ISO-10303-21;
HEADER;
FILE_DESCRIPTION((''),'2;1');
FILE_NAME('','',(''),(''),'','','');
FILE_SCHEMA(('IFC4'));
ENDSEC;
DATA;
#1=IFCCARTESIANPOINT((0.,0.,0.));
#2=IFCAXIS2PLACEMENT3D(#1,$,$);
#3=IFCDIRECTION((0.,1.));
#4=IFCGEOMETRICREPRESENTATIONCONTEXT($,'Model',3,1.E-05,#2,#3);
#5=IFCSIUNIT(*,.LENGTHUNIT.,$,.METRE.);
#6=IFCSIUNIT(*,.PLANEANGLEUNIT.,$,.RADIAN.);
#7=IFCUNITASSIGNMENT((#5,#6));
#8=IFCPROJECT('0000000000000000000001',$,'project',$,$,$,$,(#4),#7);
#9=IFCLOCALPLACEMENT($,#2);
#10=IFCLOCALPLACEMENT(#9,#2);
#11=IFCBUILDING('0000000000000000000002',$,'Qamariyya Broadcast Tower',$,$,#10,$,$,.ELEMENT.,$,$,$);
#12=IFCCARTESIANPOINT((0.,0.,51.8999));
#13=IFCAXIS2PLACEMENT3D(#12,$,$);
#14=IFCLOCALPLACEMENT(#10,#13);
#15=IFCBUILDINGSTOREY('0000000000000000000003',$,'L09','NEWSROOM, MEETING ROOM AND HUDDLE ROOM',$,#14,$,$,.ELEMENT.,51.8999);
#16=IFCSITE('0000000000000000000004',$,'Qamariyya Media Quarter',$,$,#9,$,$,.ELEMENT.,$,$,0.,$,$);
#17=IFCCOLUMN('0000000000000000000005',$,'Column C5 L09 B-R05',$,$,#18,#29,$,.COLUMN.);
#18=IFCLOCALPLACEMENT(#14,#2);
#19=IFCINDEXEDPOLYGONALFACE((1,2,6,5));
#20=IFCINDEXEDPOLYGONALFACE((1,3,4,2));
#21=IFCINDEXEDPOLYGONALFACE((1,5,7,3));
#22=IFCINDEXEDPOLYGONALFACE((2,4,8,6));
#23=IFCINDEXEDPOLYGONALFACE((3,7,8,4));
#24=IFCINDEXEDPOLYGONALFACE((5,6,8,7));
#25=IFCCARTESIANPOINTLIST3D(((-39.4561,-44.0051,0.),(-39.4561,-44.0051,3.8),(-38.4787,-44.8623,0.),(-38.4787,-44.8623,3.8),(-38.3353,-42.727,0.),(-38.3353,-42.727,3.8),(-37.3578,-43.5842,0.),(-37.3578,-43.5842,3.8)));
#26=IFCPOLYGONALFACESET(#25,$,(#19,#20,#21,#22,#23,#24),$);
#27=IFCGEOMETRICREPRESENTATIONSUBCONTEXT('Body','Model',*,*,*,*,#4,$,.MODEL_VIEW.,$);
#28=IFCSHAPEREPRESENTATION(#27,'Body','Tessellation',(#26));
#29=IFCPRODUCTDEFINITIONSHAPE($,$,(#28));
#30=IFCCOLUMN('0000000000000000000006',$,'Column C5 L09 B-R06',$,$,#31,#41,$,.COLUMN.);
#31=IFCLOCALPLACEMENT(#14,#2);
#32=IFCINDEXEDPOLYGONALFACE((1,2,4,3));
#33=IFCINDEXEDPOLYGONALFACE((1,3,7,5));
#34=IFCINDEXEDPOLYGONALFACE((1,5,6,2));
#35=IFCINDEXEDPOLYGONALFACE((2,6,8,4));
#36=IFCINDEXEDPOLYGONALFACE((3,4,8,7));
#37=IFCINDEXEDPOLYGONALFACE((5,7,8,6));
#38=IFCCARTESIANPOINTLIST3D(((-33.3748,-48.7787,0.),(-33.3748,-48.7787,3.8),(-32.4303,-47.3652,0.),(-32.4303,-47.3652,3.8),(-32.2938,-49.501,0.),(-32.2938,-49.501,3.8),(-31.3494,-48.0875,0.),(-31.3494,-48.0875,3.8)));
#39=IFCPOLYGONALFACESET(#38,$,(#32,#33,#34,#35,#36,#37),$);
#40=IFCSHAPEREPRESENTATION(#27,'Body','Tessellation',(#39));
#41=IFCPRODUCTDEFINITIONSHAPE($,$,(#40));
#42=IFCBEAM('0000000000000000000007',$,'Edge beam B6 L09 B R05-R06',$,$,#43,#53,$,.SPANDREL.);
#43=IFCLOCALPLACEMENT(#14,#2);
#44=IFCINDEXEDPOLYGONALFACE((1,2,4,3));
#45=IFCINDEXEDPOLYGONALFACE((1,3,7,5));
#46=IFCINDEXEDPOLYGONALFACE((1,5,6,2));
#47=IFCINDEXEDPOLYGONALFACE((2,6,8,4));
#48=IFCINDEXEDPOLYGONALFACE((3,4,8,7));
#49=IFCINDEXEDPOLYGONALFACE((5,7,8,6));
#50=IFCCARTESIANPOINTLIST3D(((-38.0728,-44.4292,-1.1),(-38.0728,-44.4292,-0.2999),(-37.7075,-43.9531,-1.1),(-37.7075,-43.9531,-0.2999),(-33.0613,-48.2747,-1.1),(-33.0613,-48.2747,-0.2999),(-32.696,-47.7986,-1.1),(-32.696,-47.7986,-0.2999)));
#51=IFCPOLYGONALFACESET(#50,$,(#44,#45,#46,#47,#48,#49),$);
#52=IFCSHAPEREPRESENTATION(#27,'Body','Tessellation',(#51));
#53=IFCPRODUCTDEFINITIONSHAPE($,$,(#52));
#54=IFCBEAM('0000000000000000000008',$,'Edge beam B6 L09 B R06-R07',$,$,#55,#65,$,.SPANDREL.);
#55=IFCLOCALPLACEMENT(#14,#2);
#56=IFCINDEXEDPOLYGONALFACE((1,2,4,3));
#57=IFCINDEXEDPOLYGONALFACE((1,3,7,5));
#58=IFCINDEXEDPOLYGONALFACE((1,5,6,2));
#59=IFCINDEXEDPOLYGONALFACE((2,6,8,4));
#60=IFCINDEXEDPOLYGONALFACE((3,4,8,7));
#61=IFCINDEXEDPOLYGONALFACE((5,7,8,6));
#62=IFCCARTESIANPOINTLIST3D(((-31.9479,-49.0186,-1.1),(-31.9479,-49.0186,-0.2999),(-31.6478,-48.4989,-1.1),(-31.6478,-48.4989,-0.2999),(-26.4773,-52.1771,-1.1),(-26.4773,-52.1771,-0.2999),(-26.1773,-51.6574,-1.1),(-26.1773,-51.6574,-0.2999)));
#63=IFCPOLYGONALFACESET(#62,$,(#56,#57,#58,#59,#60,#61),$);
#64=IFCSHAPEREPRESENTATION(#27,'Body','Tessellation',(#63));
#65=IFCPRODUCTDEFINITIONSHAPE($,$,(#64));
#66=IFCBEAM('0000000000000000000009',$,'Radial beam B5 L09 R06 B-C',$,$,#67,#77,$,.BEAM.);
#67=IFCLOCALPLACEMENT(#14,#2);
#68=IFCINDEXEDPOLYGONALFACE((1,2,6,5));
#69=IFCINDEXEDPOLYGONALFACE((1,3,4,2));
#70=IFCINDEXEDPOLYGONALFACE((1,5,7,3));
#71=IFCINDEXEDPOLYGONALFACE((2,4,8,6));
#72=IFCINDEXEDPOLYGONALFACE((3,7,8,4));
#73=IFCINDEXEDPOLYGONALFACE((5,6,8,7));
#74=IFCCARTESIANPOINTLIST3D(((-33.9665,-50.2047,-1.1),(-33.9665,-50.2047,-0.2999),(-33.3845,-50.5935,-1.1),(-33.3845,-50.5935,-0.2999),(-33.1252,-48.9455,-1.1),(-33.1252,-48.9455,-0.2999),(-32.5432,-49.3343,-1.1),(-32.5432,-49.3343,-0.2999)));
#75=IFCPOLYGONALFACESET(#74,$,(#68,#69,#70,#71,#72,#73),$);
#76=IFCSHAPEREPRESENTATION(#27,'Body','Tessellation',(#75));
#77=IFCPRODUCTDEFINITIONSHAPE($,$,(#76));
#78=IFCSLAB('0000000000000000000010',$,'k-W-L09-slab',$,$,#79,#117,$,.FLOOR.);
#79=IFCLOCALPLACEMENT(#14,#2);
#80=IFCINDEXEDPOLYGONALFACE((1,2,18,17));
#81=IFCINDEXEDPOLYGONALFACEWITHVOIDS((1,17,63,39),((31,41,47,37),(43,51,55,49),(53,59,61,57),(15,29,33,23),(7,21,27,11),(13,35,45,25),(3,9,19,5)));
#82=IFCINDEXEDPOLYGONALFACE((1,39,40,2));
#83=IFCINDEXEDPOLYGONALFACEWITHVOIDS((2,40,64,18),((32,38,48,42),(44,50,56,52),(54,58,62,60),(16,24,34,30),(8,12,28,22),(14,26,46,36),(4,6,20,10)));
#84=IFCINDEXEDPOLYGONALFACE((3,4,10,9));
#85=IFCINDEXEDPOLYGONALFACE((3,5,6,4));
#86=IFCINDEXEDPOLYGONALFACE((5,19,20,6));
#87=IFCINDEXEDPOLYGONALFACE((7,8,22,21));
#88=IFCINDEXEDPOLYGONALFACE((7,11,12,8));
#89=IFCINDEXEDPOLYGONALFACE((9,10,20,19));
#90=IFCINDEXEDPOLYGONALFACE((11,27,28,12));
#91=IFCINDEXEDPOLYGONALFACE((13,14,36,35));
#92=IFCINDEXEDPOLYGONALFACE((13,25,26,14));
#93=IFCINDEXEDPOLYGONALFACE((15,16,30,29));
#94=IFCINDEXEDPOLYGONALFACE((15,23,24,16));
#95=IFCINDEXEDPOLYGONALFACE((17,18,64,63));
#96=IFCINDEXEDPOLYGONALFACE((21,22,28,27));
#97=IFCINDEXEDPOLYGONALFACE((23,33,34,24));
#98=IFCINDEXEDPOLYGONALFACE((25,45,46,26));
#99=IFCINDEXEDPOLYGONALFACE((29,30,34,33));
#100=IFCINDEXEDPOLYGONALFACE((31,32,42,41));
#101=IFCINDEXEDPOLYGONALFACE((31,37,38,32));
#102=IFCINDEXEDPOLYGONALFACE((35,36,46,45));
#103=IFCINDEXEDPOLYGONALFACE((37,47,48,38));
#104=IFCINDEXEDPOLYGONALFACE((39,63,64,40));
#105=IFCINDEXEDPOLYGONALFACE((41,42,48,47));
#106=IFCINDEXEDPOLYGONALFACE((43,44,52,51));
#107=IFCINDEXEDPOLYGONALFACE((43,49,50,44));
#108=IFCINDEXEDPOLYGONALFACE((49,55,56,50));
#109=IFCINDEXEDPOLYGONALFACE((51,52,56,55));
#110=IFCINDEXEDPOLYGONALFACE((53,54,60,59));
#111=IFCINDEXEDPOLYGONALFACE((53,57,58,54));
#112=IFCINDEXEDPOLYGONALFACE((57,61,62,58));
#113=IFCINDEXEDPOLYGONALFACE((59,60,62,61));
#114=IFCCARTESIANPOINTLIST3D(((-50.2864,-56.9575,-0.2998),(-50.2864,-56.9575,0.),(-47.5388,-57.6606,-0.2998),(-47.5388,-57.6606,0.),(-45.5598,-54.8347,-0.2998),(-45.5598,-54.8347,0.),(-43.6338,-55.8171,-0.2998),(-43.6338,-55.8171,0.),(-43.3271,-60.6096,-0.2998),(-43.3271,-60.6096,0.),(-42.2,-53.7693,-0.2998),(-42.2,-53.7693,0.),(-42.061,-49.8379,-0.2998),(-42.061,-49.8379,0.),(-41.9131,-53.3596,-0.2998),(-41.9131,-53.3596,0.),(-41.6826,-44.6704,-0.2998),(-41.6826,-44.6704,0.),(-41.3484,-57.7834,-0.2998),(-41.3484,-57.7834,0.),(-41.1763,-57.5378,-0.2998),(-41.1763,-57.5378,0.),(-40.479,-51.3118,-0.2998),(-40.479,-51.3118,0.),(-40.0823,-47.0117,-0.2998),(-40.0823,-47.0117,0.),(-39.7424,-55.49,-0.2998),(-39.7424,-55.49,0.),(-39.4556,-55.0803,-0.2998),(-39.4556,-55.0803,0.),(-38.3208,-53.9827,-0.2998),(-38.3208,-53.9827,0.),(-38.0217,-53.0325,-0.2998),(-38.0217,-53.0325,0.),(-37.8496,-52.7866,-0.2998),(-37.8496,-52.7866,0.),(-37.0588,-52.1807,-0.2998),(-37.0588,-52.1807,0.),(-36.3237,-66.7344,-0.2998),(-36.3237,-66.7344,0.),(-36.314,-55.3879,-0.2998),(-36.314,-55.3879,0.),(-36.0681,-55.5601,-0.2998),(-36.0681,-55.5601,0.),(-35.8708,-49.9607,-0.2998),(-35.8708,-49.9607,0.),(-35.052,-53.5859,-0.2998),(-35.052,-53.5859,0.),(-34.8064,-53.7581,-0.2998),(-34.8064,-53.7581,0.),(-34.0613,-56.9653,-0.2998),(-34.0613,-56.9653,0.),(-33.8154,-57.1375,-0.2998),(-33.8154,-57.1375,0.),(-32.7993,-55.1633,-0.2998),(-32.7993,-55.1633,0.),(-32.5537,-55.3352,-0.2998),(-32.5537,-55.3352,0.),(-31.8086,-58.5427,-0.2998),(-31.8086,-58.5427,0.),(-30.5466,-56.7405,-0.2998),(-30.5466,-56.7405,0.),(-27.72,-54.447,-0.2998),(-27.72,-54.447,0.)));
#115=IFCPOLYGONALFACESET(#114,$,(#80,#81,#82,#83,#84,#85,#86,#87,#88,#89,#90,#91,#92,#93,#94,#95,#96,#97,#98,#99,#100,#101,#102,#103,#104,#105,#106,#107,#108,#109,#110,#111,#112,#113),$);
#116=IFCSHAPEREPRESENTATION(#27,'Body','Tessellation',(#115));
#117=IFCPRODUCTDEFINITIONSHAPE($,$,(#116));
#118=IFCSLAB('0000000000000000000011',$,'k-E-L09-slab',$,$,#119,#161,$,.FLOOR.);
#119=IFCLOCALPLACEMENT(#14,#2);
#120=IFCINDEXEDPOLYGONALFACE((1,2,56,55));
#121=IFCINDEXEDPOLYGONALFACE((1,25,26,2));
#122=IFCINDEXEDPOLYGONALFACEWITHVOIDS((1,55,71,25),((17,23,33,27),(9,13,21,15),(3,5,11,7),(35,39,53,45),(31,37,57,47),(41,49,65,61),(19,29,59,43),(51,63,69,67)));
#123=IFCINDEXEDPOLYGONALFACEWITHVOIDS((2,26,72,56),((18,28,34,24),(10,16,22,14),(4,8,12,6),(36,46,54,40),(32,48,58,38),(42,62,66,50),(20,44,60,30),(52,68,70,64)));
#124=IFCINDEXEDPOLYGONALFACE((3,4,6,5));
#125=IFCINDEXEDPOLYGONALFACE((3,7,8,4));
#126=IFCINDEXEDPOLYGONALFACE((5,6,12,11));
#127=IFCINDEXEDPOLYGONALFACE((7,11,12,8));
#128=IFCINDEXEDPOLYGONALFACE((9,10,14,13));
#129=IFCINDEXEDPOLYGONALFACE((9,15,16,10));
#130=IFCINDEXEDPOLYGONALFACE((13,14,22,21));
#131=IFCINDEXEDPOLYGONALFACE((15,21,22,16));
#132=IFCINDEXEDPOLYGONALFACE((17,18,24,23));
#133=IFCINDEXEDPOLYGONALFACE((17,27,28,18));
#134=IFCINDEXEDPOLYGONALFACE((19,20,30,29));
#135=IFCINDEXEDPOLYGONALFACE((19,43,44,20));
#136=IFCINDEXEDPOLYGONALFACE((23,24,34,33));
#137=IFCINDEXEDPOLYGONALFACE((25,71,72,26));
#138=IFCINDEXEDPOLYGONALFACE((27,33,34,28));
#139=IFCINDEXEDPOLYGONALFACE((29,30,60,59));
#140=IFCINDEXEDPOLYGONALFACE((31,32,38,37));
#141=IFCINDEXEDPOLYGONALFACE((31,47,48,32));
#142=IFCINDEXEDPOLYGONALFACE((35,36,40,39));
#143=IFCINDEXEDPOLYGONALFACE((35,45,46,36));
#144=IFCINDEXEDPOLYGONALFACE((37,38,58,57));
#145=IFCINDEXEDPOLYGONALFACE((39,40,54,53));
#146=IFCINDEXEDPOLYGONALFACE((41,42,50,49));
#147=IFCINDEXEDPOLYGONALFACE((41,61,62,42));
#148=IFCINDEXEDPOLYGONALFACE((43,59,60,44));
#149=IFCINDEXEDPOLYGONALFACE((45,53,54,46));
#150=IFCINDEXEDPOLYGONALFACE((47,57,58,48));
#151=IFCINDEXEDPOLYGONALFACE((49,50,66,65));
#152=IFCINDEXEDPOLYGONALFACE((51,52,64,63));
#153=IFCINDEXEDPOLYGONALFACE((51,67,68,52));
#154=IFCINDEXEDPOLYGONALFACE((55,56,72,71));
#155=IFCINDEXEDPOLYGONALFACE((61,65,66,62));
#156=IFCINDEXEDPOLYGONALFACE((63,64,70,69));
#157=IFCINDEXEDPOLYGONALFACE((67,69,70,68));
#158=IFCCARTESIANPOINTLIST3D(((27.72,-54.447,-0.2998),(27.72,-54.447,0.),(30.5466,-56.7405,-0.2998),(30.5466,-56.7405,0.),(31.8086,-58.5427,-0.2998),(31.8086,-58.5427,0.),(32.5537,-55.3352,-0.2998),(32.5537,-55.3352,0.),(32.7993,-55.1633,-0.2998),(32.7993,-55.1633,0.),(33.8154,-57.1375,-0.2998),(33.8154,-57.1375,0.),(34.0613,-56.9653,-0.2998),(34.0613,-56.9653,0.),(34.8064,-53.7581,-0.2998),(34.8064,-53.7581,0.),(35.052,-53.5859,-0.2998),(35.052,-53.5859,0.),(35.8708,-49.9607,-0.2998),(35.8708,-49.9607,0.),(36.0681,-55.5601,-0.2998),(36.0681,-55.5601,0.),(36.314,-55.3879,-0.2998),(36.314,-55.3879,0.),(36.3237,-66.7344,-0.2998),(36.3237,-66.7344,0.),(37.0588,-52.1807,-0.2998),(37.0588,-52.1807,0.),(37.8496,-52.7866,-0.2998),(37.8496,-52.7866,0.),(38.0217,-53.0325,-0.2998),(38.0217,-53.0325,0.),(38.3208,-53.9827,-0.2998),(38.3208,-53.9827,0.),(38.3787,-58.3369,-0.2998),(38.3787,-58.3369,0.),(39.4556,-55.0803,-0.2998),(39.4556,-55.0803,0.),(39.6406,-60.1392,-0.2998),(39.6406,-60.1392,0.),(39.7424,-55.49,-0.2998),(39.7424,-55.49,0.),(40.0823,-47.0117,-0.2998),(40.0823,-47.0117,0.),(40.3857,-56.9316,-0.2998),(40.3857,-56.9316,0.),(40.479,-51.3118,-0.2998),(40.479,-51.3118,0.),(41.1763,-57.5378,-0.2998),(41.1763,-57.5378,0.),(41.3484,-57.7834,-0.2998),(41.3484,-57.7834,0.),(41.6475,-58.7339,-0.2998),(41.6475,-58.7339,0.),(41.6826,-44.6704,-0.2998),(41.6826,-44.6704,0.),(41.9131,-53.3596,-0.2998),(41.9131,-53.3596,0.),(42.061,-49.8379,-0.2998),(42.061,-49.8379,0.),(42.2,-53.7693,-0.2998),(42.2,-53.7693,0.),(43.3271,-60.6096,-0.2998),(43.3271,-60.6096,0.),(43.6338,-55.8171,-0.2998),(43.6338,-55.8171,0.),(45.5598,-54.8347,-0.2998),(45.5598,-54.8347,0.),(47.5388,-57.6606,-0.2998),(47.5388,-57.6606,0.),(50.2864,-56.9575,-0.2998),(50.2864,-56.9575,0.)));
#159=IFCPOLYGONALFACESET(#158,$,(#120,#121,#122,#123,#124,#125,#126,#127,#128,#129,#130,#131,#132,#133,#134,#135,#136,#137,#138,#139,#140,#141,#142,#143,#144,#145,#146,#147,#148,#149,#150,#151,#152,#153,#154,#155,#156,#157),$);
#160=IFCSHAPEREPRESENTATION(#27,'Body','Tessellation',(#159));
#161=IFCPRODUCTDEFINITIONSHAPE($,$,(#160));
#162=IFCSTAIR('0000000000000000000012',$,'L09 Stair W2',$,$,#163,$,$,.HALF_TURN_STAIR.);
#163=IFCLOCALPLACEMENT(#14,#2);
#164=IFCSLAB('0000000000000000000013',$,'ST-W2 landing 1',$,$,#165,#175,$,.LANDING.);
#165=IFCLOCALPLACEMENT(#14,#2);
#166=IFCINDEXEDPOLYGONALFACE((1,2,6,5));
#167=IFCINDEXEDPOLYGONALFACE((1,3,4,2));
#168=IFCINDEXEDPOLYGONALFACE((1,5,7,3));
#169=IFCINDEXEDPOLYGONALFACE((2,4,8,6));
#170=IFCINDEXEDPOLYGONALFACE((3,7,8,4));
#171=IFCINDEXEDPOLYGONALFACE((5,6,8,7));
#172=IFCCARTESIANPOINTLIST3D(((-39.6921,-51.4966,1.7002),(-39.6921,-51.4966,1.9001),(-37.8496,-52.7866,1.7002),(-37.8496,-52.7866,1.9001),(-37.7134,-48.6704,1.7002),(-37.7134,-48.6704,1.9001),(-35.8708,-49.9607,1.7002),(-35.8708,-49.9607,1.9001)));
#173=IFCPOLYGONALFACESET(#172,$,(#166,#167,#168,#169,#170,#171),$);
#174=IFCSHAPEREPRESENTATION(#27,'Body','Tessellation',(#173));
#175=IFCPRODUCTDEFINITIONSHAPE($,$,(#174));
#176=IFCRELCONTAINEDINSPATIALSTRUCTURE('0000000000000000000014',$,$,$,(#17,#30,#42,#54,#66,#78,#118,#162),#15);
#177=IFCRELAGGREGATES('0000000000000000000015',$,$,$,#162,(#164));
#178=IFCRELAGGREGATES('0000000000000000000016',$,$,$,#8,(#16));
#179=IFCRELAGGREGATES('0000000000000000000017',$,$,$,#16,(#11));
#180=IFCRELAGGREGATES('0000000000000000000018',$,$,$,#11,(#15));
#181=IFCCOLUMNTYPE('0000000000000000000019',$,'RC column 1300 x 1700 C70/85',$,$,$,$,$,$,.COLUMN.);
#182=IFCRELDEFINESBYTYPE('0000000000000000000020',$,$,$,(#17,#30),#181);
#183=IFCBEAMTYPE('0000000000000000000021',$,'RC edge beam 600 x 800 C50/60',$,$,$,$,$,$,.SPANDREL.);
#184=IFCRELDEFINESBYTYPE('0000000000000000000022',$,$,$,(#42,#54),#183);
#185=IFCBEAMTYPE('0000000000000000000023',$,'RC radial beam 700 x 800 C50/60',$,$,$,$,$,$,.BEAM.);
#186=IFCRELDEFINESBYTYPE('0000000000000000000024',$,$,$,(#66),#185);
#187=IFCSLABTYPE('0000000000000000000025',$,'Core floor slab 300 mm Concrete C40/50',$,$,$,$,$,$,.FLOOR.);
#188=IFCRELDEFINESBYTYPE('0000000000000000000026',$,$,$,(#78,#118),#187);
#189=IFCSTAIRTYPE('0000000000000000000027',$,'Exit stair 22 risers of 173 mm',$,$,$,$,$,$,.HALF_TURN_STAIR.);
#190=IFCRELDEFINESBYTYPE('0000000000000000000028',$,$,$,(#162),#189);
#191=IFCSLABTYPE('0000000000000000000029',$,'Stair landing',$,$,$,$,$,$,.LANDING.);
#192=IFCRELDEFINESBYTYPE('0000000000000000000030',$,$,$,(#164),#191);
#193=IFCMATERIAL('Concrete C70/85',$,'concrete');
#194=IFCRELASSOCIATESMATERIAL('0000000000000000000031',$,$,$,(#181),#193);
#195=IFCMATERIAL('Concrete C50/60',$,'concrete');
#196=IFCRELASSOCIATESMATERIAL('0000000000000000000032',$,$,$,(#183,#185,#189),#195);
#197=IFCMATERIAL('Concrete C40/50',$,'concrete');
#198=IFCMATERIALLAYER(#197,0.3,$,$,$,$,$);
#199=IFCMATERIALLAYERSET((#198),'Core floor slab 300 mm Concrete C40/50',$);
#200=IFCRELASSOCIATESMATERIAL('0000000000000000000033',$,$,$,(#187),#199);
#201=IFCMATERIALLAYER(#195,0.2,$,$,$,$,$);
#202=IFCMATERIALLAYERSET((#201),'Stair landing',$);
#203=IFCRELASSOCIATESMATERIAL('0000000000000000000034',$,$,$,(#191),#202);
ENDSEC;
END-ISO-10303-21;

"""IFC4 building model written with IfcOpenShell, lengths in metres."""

from ifc_helpers import new_model, si_unit, direction, frame, origin, origin_2d, place, context, subcontext, project, spatial, polyline, rectangle, outline, extrude, material, layer, layer_set, material_profile, profile_set, type_object, element, aggregate, save


model = new_model("IFC4")

# Units and contexts
model_context = context("Model", 3, precision=1e-05, world=origin(), true_north=direction((0.0, 1.0)))
body_context = subcontext(model_context, "Body", "Model", "MODEL_VIEW")
ifc_project = project(units=[si_unit("LENGTHUNIT", "METRE"), si_unit("PLANEANGLEUNIT", "RADIAN")], contexts=[model_context])

# Site, building, storey
site_placement = place(None, origin())
site = spatial("IfcSite", under=ifc_project, at=site_placement, Name="Qamariyya Media Quarter", CompositionType="ELEMENT", RefElevation=0.0)
building_placement = place(site_placement, origin())
building = spatial("IfcBuilding", under=site, at=building_placement, Name="Qamariyya Broadcast Tower", CompositionType="ELEMENT")
storey_placement = place(building_placement, frame((0.0, 0.0, 51.8999)))
storey = spatial("IfcBuildingStorey", under=building, at=storey_placement, Name="L09", Description="NEWSROOM, MEETING ROOM AND HUDDLE ROOM", CompositionType="ELEMENT", Elevation=51.8999)

# Columns
ifc_material_1 = material(Name="Concrete C70/85", Category="concrete")
ifc_material_profile_1 = material_profile(ifc_material_1, rectangle(XDim=1.3, YDim=1.7, at=origin_2d()))
ifc_profile_set_1 = profile_set([ifc_material_profile_1], Name="Concrete C70/85")
column_type = type_object("IfcColumnType", Name="RC column 1300 x 1700 C70/85", PredefinedType="COLUMN", material=ifc_profile_set_1)
for number, where, z_axis, x_axis, name in (
    (1, (-38.407, -43.7947, 0.0), (0.0, 0.0, 1.0), (0.75184, -0.659346, 0.0), "Column C5 L09 B-R05"),
    (2, (-32.3621, -48.4331, 0.0), (0.0, 0.0, 1.0), (0.83147, -0.55557, 0.0), "Column C5 L09 B-R06"),
):
    element("IfcColumn", number, at=place(storey_placement, frame(where, z_axis=z_axis, x_axis=x_axis)), inside=storey, type_object=column_type, Name=name, PredefinedType="COLUMN", context=body_context, shape_type="SweptSolid", body=[
        extrude(rectangle(XDim=1.3, YDim=1.7, at=origin_2d()), origin(), (0.0, 0.0, 1.0), 3.8),
    ])

# Beams
ifc_material_2 = material(Name="Concrete C50/60", Category="concrete")
ifc_material_profile_2 = material_profile(ifc_material_2, rectangle(XDim=0.6001, YDim=0.8, at=origin_2d()))
ifc_profile_set_2 = profile_set([ifc_material_profile_2], Name="Concrete C50/60")
beam_type_1 = type_object("IfcBeamType", Name="RC edge beam 600 x 800 C50/60", PredefinedType="SPANDREL", material=ifc_profile_set_2)
for number, where, z_axis, x_axis, name in (
    (3, (-37.8901, -44.1912, -0.7), (0.793352, -0.608763, 0.0), (0.608763, 0.793352, 0.0), "Edge beam B6 L09 B R05-R06"),
    (4, (-31.7979, -48.7588, -0.7), (0.86602, -0.500009, 0.0), (0.500009, 0.86602, 0.0), "Edge beam B6 L09 B R06-R07"),
):
    element("IfcBeam", number, at=place(storey_placement, frame(where, z_axis=z_axis, x_axis=x_axis)), inside=storey, type_object=beam_type_1, Name=name, PredefinedType="SPANDREL", context=body_context, shape_type="SweptSolid", body=[
        extrude(rectangle(XDim=0.6001, YDim=0.8, at=origin_2d()), origin(), (0.0, 0.0, 1.0), 6.3169),
    ])
ifc_material_profile_3 = material_profile(ifc_material_2, rectangle(XDim=0.7, YDim=0.8, at=origin_2d()))
ifc_profile_set_3 = profile_set([ifc_material_profile_3], Name="Concrete C50/60")
beam_type_2 = type_object("IfcBeamType", Name="RC radial beam 700 x 800 C50/60", PredefinedType="BEAM", material=ifc_profile_set_3)
beam_placement = place(storey_placement, frame((-32.8342, -49.1399, -0.7), z_axis=(-0.555518, -0.831504, 0.0), x_axis=(0.831504, -0.555518, 0.0)))
element("IfcBeam", 5, at=beam_placement, inside=storey, type_object=beam_type_2, Name="Radial beam B5 L09 R06 B-C", PredefinedType="BEAM", context=body_context, shape_type="SweptSolid", body=[
    extrude(rectangle(XDim=0.7, YDim=0.8, at=origin_2d()), origin(), (0.0, 0.0, 1.0), 1.5144),
])

# Slabs
ifc_material_3 = material(Name="Concrete C40/50", Category="concrete")
ifc_layer_1 = layer(ifc_material_3, 0.3)
ifc_layer_set_1 = layer_set([ifc_layer_1], Name="Core floor slab 300 mm Concrete C40/50")
slab_type_1 = type_object("IfcSlabType", Name="Core floor slab 300 mm Concrete C40/50", PredefinedType="FLOOR", material=ifc_layer_set_1)
slab_1_placement = place(storey_placement, frame((0.0, 0.0, -0.2998)))
element("IfcSlab", 6, at=slab_1_placement, inside=storey, type_object=slab_type_1, Name="k-W-L09-slab", PredefinedType="FLOOR", context=body_context, shape_type="SweptSolid", body=[
    extrude(outline(polyline([(-50.2864, -56.9575), (-36.3237, -66.7344), (-27.72, -54.447), (-41.6826, -44.6704), (-50.2864, -56.9575)]), holes=[polyline([(-31.8086, -58.5427), (-33.8154, -57.1375), (-32.5537, -55.3352), (-30.5466, -56.7405), (-31.8086, -58.5427)]), polyline([(-34.0613, -56.9653), (-36.0681, -55.5601), (-34.8064, -53.7581), (-32.7993, -55.1633), (-34.0613, -56.9653)]), polyline([(-36.314, -55.3879), (-38.3208, -53.9827), (-37.0588, -52.1807), (-35.052, -53.5859), (-36.314, -55.3879)]), polyline([(-39.7424, -55.49), (-42.2, -53.7693), (-43.6338, -55.8171), (-41.1763, -57.5378), (-39.7424, -55.49)]), polyline([(-39.4556, -55.0803), (-41.9131, -53.3596), (-40.479, -51.3118), (-38.0217, -53.0325), (-39.4556, -55.0803)]), polyline([(-42.061, -49.8379), (-37.8496, -52.7866), (-35.8708, -49.9607), (-40.0823, -47.0117), (-42.061, -49.8379)]), polyline([(-47.5388, -57.6606), (-43.3271, -60.6096), (-41.3484, -57.7834), (-45.5598, -54.8347), (-47.5388, -57.6606)])]), origin(), (0.0, 0.0, 1.0), 0.2998),
])
slab_2_placement = place(storey_placement, frame((0.0, 0.0, -0.2998)))
element("IfcSlab", 7, at=slab_2_placement, inside=storey, type_object=slab_type_1, Name="k-E-L09-slab", PredefinedType="FLOOR", context=body_context, shape_type="SweptSolid", body=[
    extrude(outline(polyline([(36.3237, -66.7344), (50.2864, -56.9575), (41.6826, -44.6704), (27.72, -54.447), (36.3237, -66.7344)]), holes=[polyline([(31.8086, -58.5427), (33.8154, -57.1375), (32.5537, -55.3352), (30.5466, -56.7405), (31.8086, -58.5427)]), polyline([(34.0613, -56.9653), (36.0681, -55.5601), (34.8064, -53.7581), (32.7993, -55.1633), (34.0613, -56.9653)]), polyline([(36.314, -55.3879), (38.3208, -53.9827), (37.0588, -52.1807), (35.052, -53.5859), (36.314, -55.3879)]), polyline([(38.3787, -58.3369), (40.3857, -56.9316), (41.6475, -58.7339), (39.6406, -60.1392), (38.3787, -58.3369)]), polyline([(39.7424, -55.49), (42.2, -53.7693), (43.6338, -55.8171), (41.1763, -57.5378), (39.7424, -55.49)]), polyline([(39.4556, -55.0803), (41.9131, -53.3596), (40.479, -51.3118), (38.0217, -53.0325), (39.4556, -55.0803)]), polyline([(40.0823, -47.0117), (35.8708, -49.9607), (37.8496, -52.7866), (42.061, -49.8379), (40.0823, -47.0117)]), polyline([(45.5598, -54.8347), (41.3484, -57.7834), (43.3271, -60.6096), (47.5388, -57.6606), (45.5598, -54.8347)])]), origin(), (0.0, 0.0, 1.0), 0.2998),
])

# Stair, slab
stair_type = type_object("IfcStairType", Name="Exit stair 22 risers of 173 mm", PredefinedType="HALF_TURN_STAIR", material=ifc_material_2)
stair_1_placement = place(storey_placement, origin())
stair_1 = element("IfcStair", 8, at=stair_1_placement, inside=storey, type_object=stair_type, Name="L09 Stair W2", PredefinedType="HALF_TURN_STAIR")
ifc_layer_2 = layer(ifc_material_2, 0.2)
ifc_layer_set_2 = layer_set([ifc_layer_2], Name="Stair landing")
slab_type_2 = type_object("IfcSlabType", Name="Stair landing", PredefinedType="LANDING", material=ifc_layer_set_2)
slab_3_placement = place(storey_placement, frame((0.0, 0.0, 1.7002)))
slab_3 = element("IfcSlab", 9, at=slab_3_placement, type_object=slab_type_2, Name="ST-W2 landing 1", PredefinedType="LANDING", context=body_context, shape_type="SweptSolid", body=[
    extrude(outline(polyline([(-39.6921, -51.4966), (-37.8496, -52.7866), (-35.8708, -49.9607), (-37.7134, -48.6704), (-39.6921, -51.4966)])), origin(), (0.0, 0.0, 1.0), 0.2),
])
aggregate(stair_1, [slab_3])

save(model, "model.ifc")
